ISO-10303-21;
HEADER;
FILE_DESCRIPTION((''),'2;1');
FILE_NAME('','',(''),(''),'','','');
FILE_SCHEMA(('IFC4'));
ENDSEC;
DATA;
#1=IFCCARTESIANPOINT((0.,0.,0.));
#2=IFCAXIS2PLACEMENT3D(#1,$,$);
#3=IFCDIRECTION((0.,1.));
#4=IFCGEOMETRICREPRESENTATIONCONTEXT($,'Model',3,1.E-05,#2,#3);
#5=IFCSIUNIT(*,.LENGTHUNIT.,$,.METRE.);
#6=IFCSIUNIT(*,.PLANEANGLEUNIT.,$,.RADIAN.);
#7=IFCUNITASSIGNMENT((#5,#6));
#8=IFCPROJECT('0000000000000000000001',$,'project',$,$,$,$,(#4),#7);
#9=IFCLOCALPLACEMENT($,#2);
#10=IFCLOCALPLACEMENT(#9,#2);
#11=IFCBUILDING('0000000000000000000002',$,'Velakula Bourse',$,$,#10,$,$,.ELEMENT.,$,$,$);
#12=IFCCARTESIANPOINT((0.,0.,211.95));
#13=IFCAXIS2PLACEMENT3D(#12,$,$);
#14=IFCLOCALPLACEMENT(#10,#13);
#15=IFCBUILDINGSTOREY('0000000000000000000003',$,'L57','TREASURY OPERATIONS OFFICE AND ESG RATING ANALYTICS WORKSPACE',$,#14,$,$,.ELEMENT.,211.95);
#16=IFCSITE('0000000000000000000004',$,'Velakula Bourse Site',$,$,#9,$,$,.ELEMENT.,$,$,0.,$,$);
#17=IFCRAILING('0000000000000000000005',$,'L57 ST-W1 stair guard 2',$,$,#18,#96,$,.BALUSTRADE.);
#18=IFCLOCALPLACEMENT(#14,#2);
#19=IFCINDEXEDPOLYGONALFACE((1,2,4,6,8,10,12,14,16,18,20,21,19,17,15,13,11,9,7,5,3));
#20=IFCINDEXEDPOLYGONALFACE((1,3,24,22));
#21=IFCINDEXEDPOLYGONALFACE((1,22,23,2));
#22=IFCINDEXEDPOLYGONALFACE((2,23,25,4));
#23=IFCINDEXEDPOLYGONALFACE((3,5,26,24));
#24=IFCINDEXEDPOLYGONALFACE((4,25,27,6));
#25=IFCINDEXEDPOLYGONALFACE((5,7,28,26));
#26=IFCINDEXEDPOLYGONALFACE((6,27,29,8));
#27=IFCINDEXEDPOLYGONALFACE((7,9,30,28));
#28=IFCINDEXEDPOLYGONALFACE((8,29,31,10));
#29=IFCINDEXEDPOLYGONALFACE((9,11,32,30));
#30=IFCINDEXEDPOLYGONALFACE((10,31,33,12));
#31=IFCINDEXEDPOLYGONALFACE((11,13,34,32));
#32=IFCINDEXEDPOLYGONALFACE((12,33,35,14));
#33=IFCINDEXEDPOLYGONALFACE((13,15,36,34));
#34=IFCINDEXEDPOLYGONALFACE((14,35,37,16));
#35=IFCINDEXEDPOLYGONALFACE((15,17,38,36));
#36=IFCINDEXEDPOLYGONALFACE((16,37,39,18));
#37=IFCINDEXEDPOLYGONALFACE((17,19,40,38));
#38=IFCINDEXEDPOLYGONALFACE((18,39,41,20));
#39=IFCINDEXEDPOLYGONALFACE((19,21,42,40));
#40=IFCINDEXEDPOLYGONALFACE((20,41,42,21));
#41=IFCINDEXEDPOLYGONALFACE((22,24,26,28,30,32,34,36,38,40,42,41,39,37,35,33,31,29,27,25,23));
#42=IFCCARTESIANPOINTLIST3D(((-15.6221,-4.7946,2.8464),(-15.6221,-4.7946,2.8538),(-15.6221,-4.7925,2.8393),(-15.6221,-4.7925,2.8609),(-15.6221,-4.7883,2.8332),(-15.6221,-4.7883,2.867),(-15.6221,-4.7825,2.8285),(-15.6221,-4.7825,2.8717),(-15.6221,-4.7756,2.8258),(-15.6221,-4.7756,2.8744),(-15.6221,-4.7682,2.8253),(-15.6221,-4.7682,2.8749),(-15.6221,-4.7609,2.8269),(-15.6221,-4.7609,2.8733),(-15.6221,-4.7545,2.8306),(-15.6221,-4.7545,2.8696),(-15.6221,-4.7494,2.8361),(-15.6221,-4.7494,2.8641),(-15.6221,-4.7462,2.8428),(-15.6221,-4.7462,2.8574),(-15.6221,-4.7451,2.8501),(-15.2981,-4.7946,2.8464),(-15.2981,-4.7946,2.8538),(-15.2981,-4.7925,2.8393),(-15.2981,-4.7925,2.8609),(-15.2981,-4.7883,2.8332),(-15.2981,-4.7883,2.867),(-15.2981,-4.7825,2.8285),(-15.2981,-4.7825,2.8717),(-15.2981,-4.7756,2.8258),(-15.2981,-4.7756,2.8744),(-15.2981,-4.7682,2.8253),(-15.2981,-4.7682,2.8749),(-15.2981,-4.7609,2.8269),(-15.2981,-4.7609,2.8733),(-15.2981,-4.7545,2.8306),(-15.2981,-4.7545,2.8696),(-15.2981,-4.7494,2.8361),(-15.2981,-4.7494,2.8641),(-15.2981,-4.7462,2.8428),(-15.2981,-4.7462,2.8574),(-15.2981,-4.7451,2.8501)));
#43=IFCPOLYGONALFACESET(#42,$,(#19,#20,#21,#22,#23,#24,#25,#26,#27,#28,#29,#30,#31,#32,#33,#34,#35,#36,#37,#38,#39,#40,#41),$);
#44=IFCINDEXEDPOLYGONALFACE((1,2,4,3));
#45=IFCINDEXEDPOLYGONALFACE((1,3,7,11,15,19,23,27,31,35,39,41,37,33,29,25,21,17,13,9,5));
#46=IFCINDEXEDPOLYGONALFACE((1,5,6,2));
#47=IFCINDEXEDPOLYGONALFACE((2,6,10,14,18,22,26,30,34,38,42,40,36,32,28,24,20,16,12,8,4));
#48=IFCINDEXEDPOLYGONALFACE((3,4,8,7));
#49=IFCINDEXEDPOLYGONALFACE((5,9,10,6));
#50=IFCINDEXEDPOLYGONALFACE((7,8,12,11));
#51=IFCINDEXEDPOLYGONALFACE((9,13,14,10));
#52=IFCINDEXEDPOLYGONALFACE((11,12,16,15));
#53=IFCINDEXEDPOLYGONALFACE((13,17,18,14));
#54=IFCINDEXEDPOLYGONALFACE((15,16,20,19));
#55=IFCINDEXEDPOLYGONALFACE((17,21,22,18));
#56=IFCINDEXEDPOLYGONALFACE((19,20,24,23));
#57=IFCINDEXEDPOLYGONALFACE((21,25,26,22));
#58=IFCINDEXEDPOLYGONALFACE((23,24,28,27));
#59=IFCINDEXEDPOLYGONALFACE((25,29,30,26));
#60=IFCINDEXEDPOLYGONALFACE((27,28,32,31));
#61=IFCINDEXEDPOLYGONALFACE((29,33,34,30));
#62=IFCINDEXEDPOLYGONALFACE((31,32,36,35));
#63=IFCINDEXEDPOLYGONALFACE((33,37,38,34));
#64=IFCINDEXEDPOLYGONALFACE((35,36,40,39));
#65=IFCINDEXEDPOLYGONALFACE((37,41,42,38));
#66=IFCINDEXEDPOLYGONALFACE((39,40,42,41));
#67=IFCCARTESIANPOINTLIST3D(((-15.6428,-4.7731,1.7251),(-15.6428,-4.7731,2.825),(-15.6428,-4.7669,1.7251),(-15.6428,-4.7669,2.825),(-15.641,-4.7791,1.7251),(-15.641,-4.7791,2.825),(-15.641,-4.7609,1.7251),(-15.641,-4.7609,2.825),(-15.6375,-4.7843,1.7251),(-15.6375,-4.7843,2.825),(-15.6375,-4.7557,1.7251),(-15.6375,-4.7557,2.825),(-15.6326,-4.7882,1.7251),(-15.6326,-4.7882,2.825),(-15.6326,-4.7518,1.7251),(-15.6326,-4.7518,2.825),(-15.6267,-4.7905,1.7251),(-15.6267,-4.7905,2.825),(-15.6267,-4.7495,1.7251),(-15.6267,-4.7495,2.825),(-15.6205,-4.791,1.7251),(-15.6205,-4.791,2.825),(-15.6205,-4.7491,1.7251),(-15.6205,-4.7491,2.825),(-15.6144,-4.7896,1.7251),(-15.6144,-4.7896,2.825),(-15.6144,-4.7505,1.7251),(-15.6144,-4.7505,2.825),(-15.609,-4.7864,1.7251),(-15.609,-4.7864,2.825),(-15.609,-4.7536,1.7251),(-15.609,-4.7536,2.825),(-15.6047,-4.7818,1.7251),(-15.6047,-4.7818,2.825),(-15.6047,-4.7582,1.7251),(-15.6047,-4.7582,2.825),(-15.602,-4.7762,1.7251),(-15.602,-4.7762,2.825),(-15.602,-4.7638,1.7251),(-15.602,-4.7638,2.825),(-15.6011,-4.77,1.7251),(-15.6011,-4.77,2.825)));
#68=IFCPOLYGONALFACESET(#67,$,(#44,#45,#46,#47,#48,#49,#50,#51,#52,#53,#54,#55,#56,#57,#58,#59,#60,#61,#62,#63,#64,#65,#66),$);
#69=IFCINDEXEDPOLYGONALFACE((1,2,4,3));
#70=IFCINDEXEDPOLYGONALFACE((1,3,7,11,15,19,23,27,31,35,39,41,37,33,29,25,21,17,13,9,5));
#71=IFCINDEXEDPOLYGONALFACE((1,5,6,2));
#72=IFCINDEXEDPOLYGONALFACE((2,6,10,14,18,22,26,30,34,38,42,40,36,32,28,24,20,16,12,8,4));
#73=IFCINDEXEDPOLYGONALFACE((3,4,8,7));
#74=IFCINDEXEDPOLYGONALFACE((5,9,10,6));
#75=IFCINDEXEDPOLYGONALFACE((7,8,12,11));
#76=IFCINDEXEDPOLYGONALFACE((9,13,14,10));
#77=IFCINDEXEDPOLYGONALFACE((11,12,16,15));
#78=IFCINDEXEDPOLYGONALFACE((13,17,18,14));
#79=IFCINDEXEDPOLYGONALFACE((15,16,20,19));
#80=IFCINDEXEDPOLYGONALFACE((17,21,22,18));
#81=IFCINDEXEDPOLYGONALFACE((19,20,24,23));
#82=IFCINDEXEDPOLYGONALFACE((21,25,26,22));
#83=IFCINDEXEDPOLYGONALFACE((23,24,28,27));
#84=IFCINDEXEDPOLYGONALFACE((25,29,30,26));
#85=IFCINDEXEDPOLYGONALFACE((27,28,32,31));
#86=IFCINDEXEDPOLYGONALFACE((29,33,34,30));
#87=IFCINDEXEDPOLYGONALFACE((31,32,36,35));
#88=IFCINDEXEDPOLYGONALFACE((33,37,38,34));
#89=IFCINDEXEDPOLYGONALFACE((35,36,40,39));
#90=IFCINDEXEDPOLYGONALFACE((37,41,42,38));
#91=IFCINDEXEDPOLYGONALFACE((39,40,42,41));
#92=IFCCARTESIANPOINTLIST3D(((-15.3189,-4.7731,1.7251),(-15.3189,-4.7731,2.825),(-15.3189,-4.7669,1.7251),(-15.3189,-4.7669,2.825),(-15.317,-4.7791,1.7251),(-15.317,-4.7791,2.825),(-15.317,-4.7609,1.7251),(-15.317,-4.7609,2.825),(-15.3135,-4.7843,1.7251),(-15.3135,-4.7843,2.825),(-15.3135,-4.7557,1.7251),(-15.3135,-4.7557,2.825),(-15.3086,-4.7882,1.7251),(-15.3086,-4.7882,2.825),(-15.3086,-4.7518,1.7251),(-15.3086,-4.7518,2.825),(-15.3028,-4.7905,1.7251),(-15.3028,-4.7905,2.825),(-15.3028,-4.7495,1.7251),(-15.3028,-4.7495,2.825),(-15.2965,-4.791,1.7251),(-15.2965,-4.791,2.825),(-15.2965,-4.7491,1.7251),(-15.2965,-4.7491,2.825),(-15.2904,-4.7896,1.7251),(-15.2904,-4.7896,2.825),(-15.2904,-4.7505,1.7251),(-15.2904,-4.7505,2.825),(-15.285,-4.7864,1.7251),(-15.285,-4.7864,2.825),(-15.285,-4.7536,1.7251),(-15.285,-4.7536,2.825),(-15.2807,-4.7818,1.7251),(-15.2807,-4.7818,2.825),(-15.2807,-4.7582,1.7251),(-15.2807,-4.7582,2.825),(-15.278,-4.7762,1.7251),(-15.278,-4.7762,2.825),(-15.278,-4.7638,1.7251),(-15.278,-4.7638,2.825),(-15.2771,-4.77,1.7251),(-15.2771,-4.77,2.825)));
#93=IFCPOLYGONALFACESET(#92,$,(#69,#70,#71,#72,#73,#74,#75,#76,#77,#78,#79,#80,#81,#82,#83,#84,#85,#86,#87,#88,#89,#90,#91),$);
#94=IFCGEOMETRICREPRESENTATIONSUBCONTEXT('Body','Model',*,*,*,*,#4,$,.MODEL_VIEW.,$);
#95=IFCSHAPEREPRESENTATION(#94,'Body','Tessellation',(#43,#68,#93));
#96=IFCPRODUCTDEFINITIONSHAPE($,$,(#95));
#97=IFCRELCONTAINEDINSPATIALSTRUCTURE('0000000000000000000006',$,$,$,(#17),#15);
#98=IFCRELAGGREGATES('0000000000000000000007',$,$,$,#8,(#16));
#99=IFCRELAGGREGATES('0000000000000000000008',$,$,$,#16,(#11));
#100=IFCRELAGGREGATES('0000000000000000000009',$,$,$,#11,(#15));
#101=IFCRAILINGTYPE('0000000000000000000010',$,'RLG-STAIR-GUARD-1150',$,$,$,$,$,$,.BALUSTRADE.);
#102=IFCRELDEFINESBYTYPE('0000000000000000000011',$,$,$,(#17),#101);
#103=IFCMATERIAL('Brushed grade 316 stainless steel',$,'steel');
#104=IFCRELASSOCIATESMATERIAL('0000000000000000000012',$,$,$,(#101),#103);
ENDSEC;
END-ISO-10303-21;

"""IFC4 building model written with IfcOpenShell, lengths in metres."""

from ifc_helpers import new_model, si_unit, direction, frame, origin, origin_2d, place, context, subcontext, project, spatial, circle, extrude, material, type_object, element, save


model = new_model("IFC4")

# Units and contexts
model_context = context("Model", 3, precision=1e-05, world=origin(), true_north=direction((0.0, 1.0)))
body_context = subcontext(model_context, "Body", "Model", "MODEL_VIEW")
ifc_project = project(units=[si_unit("LENGTHUNIT", "METRE"), si_unit("PLANEANGLEUNIT", "RADIAN")], contexts=[model_context])

# Site, building, storey
site_placement = place(None, origin())
site = spatial("IfcSite", under=ifc_project, at=site_placement, Name="Velakula Bourse Site", CompositionType="ELEMENT", RefElevation=0.0)
building_placement = place(site_placement, origin())
building = spatial("IfcBuilding", under=site, at=building_placement, Name="Velakula Bourse", CompositionType="ELEMENT")
storey_placement = place(building_placement, frame((0.0, 0.0, 211.95)))
storey = spatial("IfcBuildingStorey", under=building, at=storey_placement, Name="L57", Description="TREASURY OPERATIONS OFFICE AND ESG RATING ANALYTICS WORKSPACE", CompositionType="ELEMENT", Elevation=211.95)

# Shared definitions
ifc_material_1 = material(Name="Brushed grade 316 stainless steel", Category="steel")

# Railing
railing_type_1 = type_object("IfcRailingType", Name="RLG-STAIR-GUARD-1150", PredefinedType="BALUSTRADE", material=ifc_material_1)
railing_1_placement = place(storey_placement, frame((-15.6221, -4.77, 1.7251)))
element("IfcRailing", 1, at=railing_1_placement, inside=storey, type_object=railing_type_1, Name="L57 ST-W1 stair guard 2", PredefinedType="BALUSTRADE", context=body_context, shape_type="SweptSolid", body=[
    extrude(circle(Radius=0.0249, at=origin_2d()), frame((0.0, 0.0, 1.125), z_axis=(1.0, 0.0, 0.0), x_axis=(0.0, 1.0, 0.0)), (0.0, 0.0, 1.0), 0.324),
    extrude(circle(Radius=0.021, at=origin_2d()), origin(), (0.0, 0.0, 1.0), 1.0999),
    extrude(circle(Radius=0.021, at=origin_2d()), frame((0.324, 0.0, 0.0)), (0.0, 0.0, 1.0), 1.0999),
])

save(model, "model.ifc")
